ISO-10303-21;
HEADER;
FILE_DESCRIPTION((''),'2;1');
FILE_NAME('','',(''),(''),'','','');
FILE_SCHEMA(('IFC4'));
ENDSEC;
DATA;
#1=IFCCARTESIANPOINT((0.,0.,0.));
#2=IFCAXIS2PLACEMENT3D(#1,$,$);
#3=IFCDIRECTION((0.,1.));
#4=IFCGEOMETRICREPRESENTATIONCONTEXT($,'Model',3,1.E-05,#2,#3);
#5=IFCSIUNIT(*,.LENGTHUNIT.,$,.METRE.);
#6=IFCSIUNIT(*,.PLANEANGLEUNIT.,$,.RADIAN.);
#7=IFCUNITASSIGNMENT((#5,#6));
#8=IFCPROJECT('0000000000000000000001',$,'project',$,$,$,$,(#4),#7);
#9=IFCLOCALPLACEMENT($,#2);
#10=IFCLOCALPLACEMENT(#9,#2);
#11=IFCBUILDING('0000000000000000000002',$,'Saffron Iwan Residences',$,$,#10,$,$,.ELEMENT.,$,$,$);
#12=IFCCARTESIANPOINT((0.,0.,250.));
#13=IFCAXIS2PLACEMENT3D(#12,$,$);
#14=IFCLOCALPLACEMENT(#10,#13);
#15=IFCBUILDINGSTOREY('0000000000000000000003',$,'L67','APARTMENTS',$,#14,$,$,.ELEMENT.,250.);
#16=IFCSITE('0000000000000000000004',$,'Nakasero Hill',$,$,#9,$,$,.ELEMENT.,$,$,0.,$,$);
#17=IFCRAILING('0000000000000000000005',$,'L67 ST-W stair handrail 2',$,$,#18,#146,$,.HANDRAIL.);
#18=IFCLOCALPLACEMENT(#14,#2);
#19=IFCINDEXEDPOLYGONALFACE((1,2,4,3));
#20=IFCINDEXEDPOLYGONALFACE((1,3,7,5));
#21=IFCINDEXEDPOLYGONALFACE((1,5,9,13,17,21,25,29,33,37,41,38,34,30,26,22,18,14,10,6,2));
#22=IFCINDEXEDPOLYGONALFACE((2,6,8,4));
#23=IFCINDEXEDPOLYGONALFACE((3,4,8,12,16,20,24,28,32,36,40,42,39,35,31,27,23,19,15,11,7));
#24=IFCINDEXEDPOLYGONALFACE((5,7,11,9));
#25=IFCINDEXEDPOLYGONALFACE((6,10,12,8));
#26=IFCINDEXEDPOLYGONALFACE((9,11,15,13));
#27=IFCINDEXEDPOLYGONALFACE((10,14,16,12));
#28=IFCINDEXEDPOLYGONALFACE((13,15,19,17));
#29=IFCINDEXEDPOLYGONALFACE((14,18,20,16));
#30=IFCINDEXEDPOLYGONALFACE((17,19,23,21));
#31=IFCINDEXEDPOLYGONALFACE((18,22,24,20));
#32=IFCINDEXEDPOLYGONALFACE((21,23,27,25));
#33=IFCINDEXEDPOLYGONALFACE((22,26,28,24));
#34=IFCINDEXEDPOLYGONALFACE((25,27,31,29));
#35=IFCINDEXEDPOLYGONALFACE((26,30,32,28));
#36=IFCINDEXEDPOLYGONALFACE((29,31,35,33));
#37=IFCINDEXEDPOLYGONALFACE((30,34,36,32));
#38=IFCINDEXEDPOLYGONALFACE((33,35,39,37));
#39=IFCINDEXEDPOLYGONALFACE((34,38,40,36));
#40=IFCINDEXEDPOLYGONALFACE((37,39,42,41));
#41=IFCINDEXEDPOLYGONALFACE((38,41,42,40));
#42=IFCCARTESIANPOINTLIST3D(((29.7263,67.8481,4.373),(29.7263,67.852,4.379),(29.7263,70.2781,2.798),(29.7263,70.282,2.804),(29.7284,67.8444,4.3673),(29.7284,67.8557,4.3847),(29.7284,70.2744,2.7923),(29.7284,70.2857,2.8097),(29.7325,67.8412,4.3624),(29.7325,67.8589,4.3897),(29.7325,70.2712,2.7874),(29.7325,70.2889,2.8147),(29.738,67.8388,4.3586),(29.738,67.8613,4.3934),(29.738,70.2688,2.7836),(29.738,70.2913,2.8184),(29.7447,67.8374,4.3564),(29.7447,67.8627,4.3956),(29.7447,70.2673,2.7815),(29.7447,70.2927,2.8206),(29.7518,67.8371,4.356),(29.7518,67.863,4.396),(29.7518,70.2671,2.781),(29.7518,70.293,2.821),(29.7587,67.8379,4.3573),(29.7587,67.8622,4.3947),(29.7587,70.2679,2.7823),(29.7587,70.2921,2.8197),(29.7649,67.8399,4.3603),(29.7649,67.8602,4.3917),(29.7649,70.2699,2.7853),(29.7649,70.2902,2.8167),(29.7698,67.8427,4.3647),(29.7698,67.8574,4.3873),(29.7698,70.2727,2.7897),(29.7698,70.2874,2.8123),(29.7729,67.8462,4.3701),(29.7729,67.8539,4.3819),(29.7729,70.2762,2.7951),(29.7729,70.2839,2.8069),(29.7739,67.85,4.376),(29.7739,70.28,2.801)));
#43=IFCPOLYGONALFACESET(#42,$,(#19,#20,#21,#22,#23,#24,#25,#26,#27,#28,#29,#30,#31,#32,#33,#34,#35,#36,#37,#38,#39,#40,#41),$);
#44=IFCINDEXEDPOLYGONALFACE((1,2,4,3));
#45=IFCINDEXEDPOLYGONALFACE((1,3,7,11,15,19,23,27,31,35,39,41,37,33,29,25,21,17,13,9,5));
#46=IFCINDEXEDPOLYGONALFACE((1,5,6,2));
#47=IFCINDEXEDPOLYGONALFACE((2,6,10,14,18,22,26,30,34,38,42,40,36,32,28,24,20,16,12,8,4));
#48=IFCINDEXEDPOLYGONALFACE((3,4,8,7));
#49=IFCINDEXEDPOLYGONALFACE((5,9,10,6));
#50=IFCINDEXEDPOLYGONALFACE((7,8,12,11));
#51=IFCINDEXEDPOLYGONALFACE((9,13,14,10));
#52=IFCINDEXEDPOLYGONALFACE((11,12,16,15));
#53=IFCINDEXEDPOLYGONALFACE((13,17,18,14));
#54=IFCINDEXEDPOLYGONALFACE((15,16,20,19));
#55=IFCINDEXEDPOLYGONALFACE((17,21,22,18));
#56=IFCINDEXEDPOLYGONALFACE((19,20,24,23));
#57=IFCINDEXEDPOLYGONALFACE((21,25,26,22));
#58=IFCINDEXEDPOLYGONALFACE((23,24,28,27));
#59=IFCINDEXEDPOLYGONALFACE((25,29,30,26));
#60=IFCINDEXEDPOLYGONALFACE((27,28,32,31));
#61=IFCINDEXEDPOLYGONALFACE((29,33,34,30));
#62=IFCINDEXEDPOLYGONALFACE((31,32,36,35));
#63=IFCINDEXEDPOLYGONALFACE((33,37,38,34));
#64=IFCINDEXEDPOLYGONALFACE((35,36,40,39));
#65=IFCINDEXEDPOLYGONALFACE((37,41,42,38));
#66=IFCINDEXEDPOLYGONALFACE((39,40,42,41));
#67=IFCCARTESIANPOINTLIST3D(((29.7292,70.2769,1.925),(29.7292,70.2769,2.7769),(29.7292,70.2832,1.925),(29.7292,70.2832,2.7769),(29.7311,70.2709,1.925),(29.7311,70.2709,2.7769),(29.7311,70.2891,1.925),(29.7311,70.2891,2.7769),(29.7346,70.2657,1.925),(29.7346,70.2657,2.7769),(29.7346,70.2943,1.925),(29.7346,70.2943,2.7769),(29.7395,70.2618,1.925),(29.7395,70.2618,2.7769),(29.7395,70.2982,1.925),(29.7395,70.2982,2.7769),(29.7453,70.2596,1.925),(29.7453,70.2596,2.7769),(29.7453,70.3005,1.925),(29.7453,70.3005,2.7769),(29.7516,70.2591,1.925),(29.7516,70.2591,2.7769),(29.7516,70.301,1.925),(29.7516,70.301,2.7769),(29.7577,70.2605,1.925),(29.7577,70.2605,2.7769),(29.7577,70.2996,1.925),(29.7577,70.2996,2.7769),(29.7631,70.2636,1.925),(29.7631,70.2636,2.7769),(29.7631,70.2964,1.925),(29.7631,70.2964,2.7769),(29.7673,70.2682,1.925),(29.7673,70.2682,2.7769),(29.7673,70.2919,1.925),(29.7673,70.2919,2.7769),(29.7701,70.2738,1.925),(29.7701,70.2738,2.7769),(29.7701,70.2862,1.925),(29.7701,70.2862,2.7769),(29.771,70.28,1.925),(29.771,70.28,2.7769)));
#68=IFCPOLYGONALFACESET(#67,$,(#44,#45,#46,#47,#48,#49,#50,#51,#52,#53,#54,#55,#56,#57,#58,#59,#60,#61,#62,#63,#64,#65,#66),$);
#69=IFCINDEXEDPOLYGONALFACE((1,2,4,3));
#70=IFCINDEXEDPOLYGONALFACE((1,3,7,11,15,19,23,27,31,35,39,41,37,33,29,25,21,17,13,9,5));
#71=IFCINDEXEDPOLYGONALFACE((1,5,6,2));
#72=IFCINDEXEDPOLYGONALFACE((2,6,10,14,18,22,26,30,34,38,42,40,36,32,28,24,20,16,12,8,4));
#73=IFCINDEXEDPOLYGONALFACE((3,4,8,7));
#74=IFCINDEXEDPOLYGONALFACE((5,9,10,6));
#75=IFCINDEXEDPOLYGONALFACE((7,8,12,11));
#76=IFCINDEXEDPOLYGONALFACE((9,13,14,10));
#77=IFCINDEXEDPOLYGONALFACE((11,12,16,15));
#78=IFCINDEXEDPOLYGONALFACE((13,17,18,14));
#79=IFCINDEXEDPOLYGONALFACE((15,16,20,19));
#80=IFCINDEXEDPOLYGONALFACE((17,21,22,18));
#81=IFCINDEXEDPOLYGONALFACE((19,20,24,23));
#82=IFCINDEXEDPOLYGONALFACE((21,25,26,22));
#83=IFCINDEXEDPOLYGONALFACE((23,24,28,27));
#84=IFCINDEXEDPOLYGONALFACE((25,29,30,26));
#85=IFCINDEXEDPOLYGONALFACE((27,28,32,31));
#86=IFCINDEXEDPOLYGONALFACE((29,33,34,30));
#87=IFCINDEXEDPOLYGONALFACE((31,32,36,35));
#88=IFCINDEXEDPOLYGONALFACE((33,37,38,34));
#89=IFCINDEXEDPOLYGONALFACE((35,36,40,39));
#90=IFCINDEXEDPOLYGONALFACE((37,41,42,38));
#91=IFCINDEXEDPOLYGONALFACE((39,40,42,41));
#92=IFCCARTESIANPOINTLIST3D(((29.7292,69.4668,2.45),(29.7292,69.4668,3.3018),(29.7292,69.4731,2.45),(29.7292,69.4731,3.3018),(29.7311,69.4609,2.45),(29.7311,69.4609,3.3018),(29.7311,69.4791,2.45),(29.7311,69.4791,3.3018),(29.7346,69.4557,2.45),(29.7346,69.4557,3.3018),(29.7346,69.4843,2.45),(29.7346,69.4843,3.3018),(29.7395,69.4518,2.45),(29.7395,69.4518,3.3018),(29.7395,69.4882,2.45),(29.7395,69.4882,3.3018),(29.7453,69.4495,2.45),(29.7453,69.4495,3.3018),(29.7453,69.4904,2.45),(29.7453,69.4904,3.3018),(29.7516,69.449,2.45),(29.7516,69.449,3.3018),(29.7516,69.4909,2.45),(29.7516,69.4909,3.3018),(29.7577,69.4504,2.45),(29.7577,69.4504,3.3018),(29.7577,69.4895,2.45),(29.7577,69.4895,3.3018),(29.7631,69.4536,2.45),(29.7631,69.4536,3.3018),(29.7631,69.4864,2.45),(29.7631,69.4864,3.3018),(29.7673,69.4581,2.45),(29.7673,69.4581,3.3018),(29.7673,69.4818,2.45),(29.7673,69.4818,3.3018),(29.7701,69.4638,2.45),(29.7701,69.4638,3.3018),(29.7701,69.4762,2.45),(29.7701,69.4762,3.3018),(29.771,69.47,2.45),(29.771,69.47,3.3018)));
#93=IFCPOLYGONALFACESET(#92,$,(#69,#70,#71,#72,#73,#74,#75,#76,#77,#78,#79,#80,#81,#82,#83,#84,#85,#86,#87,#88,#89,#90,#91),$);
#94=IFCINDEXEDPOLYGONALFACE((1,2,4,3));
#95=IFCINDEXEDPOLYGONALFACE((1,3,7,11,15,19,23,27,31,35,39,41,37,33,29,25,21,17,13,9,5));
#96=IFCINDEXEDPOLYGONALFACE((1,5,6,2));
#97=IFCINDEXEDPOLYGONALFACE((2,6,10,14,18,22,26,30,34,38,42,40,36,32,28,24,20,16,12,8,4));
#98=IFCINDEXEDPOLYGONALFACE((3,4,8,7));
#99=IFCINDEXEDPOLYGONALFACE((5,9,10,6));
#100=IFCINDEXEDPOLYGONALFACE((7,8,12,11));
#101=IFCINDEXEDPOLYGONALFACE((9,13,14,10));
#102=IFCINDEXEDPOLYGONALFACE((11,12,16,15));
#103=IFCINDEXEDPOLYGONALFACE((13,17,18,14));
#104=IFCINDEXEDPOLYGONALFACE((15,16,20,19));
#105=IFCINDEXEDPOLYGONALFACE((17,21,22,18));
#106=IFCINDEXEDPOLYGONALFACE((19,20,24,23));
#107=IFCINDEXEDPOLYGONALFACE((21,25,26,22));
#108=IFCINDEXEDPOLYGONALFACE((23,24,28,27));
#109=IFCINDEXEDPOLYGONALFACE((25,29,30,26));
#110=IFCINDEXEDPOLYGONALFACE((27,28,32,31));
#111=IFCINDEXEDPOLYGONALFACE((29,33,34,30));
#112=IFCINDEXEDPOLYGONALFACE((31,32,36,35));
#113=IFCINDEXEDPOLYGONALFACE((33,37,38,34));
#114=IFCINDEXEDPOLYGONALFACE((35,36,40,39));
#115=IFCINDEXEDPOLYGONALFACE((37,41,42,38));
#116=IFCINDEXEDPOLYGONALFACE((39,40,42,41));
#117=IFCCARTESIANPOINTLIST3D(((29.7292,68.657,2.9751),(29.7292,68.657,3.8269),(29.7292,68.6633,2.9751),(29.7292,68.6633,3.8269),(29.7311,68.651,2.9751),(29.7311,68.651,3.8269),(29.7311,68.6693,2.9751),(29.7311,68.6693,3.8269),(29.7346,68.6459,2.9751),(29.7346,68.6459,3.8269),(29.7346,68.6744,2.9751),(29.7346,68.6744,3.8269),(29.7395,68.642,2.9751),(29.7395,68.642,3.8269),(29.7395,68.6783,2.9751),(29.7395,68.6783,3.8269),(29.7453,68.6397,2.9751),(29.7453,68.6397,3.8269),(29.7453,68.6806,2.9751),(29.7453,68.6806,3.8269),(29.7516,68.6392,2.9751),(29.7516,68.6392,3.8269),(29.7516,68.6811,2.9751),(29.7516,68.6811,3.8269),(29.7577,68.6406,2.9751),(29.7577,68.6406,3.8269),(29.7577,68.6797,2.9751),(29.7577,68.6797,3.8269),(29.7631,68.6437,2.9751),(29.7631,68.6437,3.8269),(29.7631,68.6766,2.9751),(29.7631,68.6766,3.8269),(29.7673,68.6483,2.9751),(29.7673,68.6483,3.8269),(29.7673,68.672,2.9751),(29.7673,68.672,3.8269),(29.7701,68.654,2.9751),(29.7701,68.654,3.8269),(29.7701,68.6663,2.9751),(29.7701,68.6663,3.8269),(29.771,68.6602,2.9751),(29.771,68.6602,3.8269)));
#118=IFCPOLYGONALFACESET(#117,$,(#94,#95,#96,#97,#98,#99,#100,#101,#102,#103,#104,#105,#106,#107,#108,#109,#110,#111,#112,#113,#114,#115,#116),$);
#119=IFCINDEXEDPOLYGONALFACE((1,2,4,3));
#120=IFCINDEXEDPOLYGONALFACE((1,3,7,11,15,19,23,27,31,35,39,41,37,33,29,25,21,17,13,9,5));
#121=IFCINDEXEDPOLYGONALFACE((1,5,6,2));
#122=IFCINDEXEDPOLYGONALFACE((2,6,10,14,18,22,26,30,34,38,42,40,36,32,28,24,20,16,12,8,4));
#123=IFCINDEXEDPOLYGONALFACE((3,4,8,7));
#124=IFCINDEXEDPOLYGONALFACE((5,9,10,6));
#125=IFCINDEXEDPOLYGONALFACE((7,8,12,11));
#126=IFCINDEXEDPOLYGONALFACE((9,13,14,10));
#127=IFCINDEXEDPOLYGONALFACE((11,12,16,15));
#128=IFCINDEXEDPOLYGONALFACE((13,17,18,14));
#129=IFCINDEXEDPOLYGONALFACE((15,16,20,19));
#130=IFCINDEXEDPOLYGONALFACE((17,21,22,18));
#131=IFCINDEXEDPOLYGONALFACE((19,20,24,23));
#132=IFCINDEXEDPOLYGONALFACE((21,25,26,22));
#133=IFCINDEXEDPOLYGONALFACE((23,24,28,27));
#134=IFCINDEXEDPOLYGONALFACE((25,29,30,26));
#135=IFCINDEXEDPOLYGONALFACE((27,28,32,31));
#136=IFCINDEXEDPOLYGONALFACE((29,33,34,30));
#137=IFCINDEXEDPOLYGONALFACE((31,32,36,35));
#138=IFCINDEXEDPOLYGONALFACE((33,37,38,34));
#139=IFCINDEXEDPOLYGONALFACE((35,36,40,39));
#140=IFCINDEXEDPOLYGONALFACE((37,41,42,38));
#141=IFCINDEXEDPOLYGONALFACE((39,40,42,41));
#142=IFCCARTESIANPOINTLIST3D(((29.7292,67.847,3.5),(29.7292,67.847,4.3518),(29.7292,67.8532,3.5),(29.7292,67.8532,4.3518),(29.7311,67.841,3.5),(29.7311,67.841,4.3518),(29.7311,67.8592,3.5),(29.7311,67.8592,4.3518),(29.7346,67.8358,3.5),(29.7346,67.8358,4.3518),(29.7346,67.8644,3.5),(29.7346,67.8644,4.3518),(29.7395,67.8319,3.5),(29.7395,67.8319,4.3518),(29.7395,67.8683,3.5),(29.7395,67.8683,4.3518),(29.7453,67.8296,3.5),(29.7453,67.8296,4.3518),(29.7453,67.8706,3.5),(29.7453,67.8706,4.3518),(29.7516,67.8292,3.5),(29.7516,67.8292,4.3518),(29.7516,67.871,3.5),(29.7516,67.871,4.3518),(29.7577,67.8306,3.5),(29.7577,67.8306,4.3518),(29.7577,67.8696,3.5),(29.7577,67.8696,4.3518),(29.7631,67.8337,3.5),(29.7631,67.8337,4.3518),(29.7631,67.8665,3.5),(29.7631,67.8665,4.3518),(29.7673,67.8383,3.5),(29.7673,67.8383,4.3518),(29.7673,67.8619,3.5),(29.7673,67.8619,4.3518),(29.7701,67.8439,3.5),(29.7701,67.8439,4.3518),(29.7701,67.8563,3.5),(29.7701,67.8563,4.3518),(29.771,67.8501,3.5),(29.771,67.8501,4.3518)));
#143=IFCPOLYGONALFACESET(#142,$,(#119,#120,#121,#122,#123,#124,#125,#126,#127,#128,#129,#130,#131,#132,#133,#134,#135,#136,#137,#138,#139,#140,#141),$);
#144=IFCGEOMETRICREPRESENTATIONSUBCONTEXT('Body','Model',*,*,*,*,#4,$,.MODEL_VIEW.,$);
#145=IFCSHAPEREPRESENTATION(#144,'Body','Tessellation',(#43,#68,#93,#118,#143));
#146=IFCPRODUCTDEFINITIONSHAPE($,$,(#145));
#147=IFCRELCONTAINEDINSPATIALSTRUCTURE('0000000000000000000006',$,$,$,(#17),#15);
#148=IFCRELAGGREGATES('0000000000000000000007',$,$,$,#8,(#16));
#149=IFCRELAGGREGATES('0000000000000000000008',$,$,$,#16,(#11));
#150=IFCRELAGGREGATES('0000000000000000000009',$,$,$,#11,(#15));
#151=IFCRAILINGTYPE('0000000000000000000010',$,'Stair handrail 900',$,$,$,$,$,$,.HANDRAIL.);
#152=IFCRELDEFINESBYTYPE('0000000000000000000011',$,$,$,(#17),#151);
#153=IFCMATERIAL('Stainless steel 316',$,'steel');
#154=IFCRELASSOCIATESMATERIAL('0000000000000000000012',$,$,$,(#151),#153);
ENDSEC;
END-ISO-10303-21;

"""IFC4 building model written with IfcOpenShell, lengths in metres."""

from ifc_helpers import new_model, si_unit, direction, frame, origin, origin_2d, place, context, subcontext, project, spatial, circle, extrude, material, type_object, element, save


model = new_model("IFC4")

# Units and contexts
model_context = context("Model", 3, precision=1e-05, world=origin(), true_north=direction((0.0, 1.0)))
body_context = subcontext(model_context, "Body", "Model", "MODEL_VIEW")
ifc_project = project(units=[si_unit("LENGTHUNIT", "METRE"), si_unit("PLANEANGLEUNIT", "RADIAN")], contexts=[model_context])

# Site, building, storey
site_placement = place(None, origin())
site = spatial("IfcSite", under=ifc_project, at=site_placement, Name="Nakasero Hill", CompositionType="ELEMENT", RefElevation=0.0)
building_placement = place(site_placement, origin())
building = spatial("IfcBuilding", under=site, at=building_placement, Name="Saffron Iwan Residences", CompositionType="ELEMENT")
storey_placement = place(building_placement, frame((0.0, 0.0, 250.0)))
storey = spatial("IfcBuildingStorey", under=building, at=storey_placement, Name="L67", Description="APARTMENTS", CompositionType="ELEMENT", Elevation=250.0)

# Railing
ifc_material_1 = material(Name="Stainless steel 316", Category="steel")
railing_type_1 = type_object("IfcRailingType", Name="Stair handrail 900", PredefinedType="HANDRAIL", material=ifc_material_1)
railing_1_placement = place(storey_placement, frame((29.75, 70.28, 1.925)))
element("IfcRailing", 1, at=railing_1_placement, inside=storey, type_object=railing_type_1, Name="L67 ST-W stair handrail 2", PredefinedType="HANDRAIL", context=body_context, shape_type="SweptSolid", body=[
    extrude(circle(Radius=0.0239, at=origin_2d()), frame((0.0, 0.0, 0.876), z_axis=(0.0, -0.839154, 0.543894), x_axis=(1.0, 0.0, 0.0)), (0.0, 0.0, 1.0), 2.8958),
    extrude(circle(Radius=0.021, at=origin_2d()), origin(), (0.0, 0.0, 1.0), 0.8518),
    extrude(circle(Radius=0.021, at=origin_2d()), frame((0.0, -0.8101, 0.5249)), (0.0, 0.0, 1.0), 0.8518),
    extrude(circle(Radius=0.021, at=origin_2d()), frame((0.0, -1.6199, 1.05)), (0.0, 0.0, 1.0), 0.8518),
    extrude(circle(Radius=0.021, at=origin_2d()), frame((0.0, -2.4299, 1.575)), (0.0, 0.0, 1.0), 0.8518),
])

save(model, "model.ifc")
